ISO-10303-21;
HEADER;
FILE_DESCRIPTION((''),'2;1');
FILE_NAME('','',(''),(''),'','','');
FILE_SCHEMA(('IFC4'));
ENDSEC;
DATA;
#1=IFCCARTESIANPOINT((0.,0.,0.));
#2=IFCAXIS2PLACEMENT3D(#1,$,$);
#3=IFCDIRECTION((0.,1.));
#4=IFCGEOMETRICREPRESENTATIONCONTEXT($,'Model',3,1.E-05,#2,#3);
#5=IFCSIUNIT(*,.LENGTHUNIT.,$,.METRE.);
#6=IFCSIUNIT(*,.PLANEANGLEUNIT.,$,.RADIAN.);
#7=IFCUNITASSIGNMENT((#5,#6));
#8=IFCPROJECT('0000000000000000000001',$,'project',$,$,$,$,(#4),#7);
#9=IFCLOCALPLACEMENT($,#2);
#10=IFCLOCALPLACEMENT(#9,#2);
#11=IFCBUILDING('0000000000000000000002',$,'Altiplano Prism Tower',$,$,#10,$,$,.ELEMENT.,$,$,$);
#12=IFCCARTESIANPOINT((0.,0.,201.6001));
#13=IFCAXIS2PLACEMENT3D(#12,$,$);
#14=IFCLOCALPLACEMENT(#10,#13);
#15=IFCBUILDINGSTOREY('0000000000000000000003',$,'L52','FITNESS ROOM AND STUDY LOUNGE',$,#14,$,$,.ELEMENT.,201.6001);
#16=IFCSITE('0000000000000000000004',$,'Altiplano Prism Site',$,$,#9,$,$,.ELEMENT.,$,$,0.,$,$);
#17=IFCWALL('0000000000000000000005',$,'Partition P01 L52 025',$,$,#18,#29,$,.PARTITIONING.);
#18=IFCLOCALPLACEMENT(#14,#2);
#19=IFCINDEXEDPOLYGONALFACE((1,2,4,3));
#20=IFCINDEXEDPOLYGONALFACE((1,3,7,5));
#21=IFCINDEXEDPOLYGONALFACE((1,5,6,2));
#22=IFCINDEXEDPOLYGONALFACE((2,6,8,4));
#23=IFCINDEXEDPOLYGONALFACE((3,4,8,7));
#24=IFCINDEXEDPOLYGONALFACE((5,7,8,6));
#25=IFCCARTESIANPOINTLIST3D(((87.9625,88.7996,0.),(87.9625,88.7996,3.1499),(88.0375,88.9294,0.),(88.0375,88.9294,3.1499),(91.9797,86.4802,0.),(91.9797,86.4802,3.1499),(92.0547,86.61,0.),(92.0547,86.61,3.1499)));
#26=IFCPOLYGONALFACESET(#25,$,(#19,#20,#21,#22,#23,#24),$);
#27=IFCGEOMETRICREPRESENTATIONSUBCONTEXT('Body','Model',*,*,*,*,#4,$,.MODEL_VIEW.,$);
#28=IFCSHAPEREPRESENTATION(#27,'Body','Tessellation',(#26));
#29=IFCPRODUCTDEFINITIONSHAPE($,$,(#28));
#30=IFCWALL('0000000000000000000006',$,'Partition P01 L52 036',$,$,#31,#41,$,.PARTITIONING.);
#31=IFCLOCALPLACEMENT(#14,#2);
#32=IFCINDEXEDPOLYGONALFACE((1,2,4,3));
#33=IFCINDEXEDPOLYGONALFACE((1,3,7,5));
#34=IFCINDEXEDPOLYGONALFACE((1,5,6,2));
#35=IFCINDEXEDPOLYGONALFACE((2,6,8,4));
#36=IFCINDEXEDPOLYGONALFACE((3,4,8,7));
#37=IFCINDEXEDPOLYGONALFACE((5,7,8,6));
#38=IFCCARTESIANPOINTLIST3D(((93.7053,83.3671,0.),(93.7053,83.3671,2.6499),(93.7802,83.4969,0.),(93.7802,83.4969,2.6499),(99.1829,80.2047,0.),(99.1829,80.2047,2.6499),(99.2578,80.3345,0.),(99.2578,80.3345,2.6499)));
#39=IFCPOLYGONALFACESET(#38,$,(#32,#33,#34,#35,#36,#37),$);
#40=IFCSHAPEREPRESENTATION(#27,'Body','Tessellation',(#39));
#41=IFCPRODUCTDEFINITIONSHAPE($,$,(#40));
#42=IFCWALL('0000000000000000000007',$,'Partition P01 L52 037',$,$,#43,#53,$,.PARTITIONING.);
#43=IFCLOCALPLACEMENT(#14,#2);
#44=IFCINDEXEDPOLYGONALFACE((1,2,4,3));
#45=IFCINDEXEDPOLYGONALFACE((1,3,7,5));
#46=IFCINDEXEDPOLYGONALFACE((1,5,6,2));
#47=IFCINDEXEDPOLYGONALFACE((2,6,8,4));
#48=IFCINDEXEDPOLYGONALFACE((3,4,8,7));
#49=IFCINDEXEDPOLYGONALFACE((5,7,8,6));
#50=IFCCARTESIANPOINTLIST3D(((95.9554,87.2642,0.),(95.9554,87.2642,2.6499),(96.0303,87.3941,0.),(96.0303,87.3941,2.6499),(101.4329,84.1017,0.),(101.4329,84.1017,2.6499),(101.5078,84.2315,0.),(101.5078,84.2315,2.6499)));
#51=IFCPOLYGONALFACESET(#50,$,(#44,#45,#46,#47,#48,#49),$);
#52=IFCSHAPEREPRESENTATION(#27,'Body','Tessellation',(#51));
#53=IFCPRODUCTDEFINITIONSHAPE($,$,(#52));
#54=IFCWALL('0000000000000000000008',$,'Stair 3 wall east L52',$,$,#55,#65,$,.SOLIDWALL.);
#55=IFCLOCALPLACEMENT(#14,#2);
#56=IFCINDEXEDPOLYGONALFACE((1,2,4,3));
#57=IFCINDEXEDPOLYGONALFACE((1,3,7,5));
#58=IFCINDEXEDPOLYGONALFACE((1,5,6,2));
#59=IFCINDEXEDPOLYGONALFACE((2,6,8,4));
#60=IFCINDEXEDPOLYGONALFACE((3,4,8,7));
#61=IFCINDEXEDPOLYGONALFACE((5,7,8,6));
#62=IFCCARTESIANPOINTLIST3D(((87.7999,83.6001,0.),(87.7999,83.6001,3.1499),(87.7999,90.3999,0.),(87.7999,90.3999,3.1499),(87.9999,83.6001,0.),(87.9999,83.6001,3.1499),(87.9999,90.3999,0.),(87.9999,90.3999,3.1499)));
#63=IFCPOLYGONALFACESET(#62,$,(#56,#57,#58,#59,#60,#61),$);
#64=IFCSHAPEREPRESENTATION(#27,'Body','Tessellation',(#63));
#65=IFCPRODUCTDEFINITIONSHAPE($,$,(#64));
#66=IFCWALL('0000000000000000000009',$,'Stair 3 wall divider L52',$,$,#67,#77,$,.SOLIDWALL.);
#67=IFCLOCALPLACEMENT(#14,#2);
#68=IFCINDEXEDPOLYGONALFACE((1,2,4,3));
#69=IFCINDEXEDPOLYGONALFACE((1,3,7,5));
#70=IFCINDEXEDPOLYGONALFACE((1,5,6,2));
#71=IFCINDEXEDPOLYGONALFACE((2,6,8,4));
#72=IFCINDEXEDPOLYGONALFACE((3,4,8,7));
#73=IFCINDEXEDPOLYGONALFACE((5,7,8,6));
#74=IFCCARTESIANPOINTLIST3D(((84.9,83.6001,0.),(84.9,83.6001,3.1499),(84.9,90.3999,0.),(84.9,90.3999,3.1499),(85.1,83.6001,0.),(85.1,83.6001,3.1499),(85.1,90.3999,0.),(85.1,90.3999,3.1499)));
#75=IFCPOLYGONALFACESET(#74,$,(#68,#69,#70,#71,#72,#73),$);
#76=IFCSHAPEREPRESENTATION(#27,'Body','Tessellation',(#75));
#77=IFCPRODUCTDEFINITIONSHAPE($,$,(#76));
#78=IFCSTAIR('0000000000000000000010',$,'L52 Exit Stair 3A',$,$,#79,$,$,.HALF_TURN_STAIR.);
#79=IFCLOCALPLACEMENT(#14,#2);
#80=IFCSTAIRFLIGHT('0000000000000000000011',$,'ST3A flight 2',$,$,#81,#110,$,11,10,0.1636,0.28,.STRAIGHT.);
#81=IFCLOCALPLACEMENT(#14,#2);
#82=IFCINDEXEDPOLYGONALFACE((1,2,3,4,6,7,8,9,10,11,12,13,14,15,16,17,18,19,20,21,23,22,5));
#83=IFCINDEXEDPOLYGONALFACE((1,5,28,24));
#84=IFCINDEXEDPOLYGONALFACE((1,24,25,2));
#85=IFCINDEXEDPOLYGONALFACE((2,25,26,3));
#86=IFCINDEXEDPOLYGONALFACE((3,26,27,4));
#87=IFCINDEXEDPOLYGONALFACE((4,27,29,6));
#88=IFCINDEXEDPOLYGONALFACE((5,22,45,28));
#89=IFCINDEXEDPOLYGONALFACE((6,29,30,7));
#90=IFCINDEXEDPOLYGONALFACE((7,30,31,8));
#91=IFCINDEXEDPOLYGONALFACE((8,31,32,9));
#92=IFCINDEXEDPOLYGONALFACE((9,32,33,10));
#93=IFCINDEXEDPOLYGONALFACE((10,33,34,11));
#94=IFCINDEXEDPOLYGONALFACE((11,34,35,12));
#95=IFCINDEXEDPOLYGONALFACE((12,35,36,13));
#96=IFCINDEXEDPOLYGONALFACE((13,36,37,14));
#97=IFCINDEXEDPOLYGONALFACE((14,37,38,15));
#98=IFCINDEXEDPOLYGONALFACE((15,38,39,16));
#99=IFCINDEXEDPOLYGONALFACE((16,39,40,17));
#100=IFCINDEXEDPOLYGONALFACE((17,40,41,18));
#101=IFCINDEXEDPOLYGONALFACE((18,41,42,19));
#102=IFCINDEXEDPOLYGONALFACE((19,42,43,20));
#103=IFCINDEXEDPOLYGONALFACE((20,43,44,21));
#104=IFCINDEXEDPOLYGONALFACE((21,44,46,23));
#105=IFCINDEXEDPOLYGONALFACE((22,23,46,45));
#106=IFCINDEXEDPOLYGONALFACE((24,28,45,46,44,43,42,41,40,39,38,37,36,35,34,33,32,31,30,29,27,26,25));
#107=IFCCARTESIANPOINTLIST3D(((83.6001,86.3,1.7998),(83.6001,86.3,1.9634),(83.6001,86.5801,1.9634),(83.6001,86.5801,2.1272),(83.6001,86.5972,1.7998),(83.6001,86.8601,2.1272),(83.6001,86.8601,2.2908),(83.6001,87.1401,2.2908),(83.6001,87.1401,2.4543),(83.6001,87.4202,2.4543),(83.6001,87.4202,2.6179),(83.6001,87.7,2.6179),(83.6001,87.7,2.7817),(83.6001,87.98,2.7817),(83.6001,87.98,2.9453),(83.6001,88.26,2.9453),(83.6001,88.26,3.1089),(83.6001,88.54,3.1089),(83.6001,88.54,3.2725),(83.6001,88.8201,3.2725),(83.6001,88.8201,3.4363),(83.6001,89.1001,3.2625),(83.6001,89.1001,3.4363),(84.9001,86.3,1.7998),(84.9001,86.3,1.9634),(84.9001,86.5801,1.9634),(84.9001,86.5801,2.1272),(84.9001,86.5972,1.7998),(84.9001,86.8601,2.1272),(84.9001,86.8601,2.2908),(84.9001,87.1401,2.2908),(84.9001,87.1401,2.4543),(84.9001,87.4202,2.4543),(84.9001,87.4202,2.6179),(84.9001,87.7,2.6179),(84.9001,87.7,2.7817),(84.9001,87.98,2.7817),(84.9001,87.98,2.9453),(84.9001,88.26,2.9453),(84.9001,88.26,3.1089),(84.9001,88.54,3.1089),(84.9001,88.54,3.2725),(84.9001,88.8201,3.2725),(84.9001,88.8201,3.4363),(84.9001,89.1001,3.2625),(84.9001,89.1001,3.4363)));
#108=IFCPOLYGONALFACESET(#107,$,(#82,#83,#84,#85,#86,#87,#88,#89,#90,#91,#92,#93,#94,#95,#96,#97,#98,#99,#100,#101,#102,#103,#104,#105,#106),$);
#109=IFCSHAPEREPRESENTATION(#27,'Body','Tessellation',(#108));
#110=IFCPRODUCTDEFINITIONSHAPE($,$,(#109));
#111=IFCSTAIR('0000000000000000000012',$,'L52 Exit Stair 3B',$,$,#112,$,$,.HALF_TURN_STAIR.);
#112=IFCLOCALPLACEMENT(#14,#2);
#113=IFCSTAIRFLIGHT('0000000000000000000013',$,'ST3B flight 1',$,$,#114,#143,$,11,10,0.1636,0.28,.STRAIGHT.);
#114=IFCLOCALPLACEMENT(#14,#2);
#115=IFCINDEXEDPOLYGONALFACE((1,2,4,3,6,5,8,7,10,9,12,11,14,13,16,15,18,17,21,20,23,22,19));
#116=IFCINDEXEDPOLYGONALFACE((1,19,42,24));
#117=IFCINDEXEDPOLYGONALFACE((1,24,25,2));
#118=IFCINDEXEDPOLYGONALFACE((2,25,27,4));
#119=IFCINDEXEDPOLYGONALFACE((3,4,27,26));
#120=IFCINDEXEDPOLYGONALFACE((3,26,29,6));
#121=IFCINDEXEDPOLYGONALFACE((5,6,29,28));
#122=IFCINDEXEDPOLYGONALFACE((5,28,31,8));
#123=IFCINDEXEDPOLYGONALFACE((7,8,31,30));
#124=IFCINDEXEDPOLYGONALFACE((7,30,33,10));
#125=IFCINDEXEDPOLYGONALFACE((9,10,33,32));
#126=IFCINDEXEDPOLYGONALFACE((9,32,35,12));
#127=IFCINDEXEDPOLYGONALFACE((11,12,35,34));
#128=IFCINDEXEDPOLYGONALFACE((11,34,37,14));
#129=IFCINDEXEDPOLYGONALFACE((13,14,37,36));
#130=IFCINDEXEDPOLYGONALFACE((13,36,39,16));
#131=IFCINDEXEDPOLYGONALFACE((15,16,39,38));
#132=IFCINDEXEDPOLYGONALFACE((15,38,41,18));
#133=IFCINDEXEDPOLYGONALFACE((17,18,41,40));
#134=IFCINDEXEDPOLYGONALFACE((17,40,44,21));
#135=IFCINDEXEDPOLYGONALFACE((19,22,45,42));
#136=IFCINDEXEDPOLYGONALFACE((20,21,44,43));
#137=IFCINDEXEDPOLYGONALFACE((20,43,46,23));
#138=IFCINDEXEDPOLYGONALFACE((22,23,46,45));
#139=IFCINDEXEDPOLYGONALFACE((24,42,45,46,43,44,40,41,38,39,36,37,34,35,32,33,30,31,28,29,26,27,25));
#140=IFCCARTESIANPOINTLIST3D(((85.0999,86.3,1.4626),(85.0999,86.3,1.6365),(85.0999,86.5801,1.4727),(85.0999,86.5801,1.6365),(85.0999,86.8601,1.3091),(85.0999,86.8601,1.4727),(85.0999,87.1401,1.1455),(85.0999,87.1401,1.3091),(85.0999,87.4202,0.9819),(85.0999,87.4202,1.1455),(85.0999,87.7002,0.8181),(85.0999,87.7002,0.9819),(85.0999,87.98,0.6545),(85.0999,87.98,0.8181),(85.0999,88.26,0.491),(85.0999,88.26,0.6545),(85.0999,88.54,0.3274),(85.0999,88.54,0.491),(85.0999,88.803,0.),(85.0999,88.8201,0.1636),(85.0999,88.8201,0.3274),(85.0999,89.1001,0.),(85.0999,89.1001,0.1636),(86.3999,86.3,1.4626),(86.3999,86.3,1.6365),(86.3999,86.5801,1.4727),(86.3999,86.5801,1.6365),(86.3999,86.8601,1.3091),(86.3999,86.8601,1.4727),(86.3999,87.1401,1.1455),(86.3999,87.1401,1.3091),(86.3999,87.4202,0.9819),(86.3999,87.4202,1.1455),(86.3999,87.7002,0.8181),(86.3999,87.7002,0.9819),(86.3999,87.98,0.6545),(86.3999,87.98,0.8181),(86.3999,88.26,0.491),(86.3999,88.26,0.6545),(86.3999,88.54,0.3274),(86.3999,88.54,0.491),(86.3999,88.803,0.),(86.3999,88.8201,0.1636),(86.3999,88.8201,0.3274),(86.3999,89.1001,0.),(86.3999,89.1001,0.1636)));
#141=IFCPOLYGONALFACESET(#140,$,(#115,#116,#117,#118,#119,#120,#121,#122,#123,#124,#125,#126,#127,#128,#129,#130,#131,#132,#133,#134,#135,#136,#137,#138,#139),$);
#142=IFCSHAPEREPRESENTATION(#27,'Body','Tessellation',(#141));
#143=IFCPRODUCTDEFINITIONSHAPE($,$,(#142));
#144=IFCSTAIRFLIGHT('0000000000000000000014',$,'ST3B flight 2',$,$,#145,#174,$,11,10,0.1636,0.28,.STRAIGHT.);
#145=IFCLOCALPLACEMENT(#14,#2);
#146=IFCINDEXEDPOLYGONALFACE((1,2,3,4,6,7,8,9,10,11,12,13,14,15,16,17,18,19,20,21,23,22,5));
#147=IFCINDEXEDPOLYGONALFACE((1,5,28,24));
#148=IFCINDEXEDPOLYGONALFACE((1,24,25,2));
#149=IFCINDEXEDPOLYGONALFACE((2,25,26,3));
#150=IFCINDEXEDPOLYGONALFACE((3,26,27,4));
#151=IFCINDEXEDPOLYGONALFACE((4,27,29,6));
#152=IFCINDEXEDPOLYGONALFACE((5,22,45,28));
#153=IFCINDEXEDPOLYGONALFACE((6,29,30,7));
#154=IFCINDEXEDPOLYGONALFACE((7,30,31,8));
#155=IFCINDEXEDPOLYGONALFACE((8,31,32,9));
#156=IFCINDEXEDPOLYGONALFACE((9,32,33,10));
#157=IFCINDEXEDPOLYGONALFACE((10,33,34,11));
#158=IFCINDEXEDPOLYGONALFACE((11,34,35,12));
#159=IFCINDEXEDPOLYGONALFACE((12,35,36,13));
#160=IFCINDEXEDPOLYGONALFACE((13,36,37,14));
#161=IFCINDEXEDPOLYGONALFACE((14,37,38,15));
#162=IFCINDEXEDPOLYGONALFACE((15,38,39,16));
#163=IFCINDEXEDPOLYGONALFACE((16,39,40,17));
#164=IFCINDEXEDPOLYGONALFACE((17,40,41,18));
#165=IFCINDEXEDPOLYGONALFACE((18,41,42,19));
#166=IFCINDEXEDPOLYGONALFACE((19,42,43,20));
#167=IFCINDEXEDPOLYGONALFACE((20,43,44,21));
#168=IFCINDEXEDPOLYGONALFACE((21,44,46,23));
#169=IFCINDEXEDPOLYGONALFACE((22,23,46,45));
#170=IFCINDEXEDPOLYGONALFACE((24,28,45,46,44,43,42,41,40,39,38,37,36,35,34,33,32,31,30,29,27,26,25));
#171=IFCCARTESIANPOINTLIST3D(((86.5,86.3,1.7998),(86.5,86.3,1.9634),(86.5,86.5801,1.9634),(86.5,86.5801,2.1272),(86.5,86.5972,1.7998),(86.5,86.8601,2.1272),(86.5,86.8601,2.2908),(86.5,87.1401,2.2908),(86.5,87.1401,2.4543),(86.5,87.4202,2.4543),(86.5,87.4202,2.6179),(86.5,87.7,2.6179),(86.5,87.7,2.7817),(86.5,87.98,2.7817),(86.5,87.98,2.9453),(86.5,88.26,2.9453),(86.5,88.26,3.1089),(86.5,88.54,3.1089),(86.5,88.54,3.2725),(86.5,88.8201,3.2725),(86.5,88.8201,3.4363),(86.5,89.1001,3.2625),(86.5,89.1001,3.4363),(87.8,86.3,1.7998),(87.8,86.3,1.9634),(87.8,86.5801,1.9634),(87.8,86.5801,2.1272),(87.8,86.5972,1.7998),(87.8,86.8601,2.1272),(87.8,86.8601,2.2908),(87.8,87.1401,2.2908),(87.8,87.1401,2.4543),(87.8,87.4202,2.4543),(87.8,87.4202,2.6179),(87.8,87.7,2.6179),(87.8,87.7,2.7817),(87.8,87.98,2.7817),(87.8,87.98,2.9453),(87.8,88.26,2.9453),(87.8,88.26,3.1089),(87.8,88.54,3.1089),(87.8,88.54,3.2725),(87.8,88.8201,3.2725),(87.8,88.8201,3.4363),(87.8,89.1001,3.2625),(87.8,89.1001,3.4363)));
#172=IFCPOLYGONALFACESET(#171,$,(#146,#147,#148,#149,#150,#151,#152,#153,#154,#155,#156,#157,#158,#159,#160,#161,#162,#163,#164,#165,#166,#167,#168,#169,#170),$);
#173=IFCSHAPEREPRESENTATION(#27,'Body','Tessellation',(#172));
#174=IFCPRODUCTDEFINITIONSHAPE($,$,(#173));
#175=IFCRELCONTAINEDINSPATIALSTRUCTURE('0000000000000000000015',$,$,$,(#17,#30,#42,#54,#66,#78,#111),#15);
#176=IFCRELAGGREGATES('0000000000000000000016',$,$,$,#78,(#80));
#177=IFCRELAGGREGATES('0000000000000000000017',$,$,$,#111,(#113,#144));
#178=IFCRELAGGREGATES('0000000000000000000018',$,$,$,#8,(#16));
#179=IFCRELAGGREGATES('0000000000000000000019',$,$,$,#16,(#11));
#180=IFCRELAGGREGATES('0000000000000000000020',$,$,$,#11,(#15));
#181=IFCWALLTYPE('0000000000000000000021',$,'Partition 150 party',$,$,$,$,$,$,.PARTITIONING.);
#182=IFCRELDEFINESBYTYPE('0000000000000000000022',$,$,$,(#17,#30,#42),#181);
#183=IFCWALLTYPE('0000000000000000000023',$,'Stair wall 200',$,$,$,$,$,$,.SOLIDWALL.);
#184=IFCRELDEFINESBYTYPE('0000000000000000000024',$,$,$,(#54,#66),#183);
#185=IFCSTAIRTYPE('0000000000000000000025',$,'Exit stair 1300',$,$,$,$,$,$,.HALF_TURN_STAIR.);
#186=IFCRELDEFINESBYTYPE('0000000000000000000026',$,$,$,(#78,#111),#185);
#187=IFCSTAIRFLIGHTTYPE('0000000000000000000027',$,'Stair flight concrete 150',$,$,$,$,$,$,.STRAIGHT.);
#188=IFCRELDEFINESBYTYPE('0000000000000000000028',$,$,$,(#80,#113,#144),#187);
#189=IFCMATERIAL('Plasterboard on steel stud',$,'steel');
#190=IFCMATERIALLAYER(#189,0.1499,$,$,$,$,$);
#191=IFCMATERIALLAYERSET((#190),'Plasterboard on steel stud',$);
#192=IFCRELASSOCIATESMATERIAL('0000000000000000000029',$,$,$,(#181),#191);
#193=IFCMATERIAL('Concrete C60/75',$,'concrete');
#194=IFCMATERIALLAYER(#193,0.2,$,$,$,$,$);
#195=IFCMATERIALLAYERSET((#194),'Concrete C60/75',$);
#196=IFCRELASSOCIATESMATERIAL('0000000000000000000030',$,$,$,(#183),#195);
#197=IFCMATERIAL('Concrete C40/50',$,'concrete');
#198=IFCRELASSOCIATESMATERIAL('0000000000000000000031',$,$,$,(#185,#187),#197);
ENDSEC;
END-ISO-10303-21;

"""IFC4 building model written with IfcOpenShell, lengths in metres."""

from ifc_helpers import new_model, si_unit, direction, frame, frame_2d, origin, place, context, subcontext, project, spatial, polyline, rectangle, outline, extrude, material, layer, layer_set, type_object, element, aggregate, save


model = new_model("IFC4")

# Units and contexts
model_context = context("Model", 3, precision=1e-05, world=origin(), true_north=direction((0.0, 1.0)))
body_context = subcontext(model_context, "Body", "Model", "MODEL_VIEW")
ifc_project = project(units=[si_unit("LENGTHUNIT", "METRE"), si_unit("PLANEANGLEUNIT", "RADIAN")], contexts=[model_context])

# Site, building, storey
site_placement = place(None, origin())
site = spatial("IfcSite", under=ifc_project, at=site_placement, Name="Altiplano Prism Site", CompositionType="ELEMENT", RefElevation=0.0)
building_placement = place(site_placement, origin())
building = spatial("IfcBuilding", under=site, at=building_placement, Name="Altiplano Prism Tower", CompositionType="ELEMENT")
storey_placement = place(building_placement, frame((0.0, 0.0, 201.6001)))
storey = spatial("IfcBuildingStorey", under=building, at=storey_placement, Name="L52", Description="FITNESS ROOM AND STUDY LOUNGE", CompositionType="ELEMENT", Elevation=201.6001)

# Shared definitions
ifc_material_1 = material(Name="Concrete C60/75", Category="concrete")

# Walls
ifc_material_2 = material(Name="Plasterboard on steel stud", Category="steel")
ifc_layer_1 = layer(ifc_material_2, 0.1499)
ifc_layer_set_1 = layer_set([ifc_layer_1], Name="Plasterboard on steel stud")
wall_type_1 = type_object("IfcWallType", Name="Partition 150 party", PredefinedType="PARTITIONING", material=ifc_layer_set_1)
wall_1_placement = place(storey_placement, frame((88.0, 88.8645, 0.0), z_axis=(0.0, 0.0, 1.0), x_axis=(0.866019, -0.500011, 0.0)))
element("IfcWall", 1, at=wall_1_placement, inside=storey, type_object=wall_type_1, Name="Partition P01 L52 025", PredefinedType="PARTITIONING", context=body_context, shape_type="SweptSolid", body=[
    extrude(rectangle(XDim=4.6387, YDim=0.1499, at=frame_2d((2.3193, 0.0))), origin(), (0.0, 0.0, 1.0), 3.1499),
])
for number, where, z_axis, x_axis, name in (
    (2, (99.2205, 80.2695, 0.0), (0.0, 0.0, 1.0), (-0.866033, 0.499988, 0.0), "Partition P01 L52 036"),
    (3, (101.4705, 84.1665, 0.0), (0.0, 0.0, 1.0), (-0.866016, 0.500016, 0.0), "Partition P01 L52 037"),
):
    element("IfcWall", number, at=place(storey_placement, frame(where, z_axis=z_axis, x_axis=x_axis)), inside=storey, type_object=wall_type_1, Name=name, PredefinedType="PARTITIONING", context=body_context, shape_type="SweptSolid", body=[
        extrude(rectangle(XDim=6.325, YDim=0.1499, at=frame_2d((3.1626, 0.0))), origin(), (0.0, 0.0, 1.0), 2.6499),
    ])
ifc_layer_2 = layer(ifc_material_1, 0.2)
ifc_layer_set_2 = layer_set([ifc_layer_2], Name="Concrete C60/75")
wall_type_2 = type_object("IfcWallType", Name="Stair wall 200", PredefinedType="SOLIDWALL", material=ifc_layer_set_2)
for number, where, z_axis, x_axis, name in (
    (4, (87.8999, 83.6001, 0.0), (0.0, 0.0, 1.0), (0.0, 1.0, 0.0), "Stair 3 wall east L52"),
    (5, (85.0, 83.6001, 0.0), (0.0, 0.0, 1.0), (0.0, 1.0, 0.0), "Stair 3 wall divider L52"),
):
    element("IfcWall", number, at=place(storey_placement, frame(where, z_axis=z_axis, x_axis=x_axis)), inside=storey, type_object=wall_type_2, Name=name, PredefinedType="SOLIDWALL", context=body_context, shape_type="SweptSolid", body=[
        extrude(rectangle(XDim=6.7998, YDim=0.2, at=frame_2d((3.3999, 0.0))), origin(), (0.0, 0.0, 1.0), 3.1499),
    ])

# Stair, stair flight
ifc_material_3 = material(Name="Concrete C40/50", Category="concrete")
stair_type = type_object("IfcStairType", Name="Exit stair 1300", PredefinedType="HALF_TURN_STAIR", material=ifc_material_3)
stair_1_placement = place(storey_placement, origin())
stair_1 = element("IfcStair", 6, at=stair_1_placement, inside=storey, type_object=stair_type, Name="L52 Exit Stair 3A", PredefinedType="HALF_TURN_STAIR")
stair_flight_type = type_object("IfcStairFlightType", Name="Stair flight concrete 150", PredefinedType="STRAIGHT", material=ifc_material_3)
stair_flight_1_placement = place(storey_placement, frame((84.25, 86.3, 1.7998), z_axis=(0.0, 0.0, 1.0), x_axis=(0.0, 1.0, 0.0)))
stair_flight_1 = element("IfcStairFlight", 7, at=stair_flight_1_placement, type_object=stair_flight_type, Name="ST3A flight 2", NumberOfRisers=11, NumberOfTreads=10, PredefinedType="STRAIGHT", RiserHeight=0.1636, TreadLength=0.28, context=body_context, shape_type="SweptSolid", body=[
    extrude(outline(polyline([(0.0, 0.0), (0.0, 0.1636), (0.28, 0.1636), (0.28, 0.3274), (0.5601, 0.3274), (0.5601, 0.491), (0.8401, 0.491), (0.8401, 0.6545), (1.1201, 0.6545), (1.1201, 0.8181), (1.3999, 0.8181), (1.3999, 0.9819), (1.6799, 0.9819), (1.6799, 1.1455), (1.96, 1.1455), (1.96, 1.3091), (2.24, 1.3091), (2.24, 1.4727), (2.52, 1.4727), (2.52, 1.6365), (2.8, 1.6365), (2.8, 1.8), (2.8, 1.4626), (0.2971, 0.0), (0.0, 0.0)])), frame((0.0, 0.6499, 0.0), z_axis=(0.0, -1.0, 0.0), x_axis=(1.0, 0.0, 0.0)), (0.0, 0.0, 1.0), 1.3),
])
aggregate(stair_1, [stair_flight_1])

# Stair, stair flights
stair_2_placement = place(storey_placement, origin())
stair_2 = element("IfcStair", 8, at=stair_2_placement, inside=storey, type_object=stair_type, Name="L52 Exit Stair 3B", PredefinedType="HALF_TURN_STAIR")
stair_flight_2_placement = place(storey_placement, frame((85.75, 89.1001, 0.0), z_axis=(0.0, 0.0, 1.0), x_axis=(0.0, -1.0, 0.0)))
stair_flight_2 = element("IfcStairFlight", 9, at=stair_flight_2_placement, type_object=stair_flight_type, Name="ST3B flight 1", NumberOfRisers=11, NumberOfTreads=10, PredefinedType="STRAIGHT", RiserHeight=0.1636, TreadLength=0.28, context=body_context, shape_type="SweptSolid", body=[
    extrude(outline(polyline([(0.0, 0.0), (0.0, 0.1636), (0.28, 0.1636), (0.28, 0.3274), (0.5601, 0.3274), (0.5601, 0.491), (0.8401, 0.491), (0.8401, 0.6545), (1.1201, 0.6545), (1.1201, 0.8181), (1.3999, 0.8181), (1.3999, 0.9819), (1.6799, 0.9819), (1.6799, 1.1455), (1.96, 1.1455), (1.96, 1.3091), (2.24, 1.3091), (2.24, 1.4727), (2.52, 1.4727), (2.52, 1.6365), (2.8, 1.6365), (2.8, 1.8), (2.8, 1.4626), (0.2971, 0.0), (0.0, 0.0)])), frame((0.0, 0.6499, 0.0), z_axis=(0.0, -1.0, 0.0), x_axis=(1.0, 0.0, 0.0)), (0.0, 0.0, 1.0), 1.3),
])
stair_flight_3_placement = place(storey_placement, frame((87.1499, 86.3, 1.7998), z_axis=(0.0, 0.0, 1.0), x_axis=(0.0, 1.0, 0.0)))
stair_flight_3 = element("IfcStairFlight", 10, at=stair_flight_3_placement, type_object=stair_flight_type, Name="ST3B flight 2", NumberOfRisers=11, NumberOfTreads=10, PredefinedType="STRAIGHT", RiserHeight=0.1636, TreadLength=0.28, context=body_context, shape_type="SweptSolid", body=[
    extrude(outline(polyline([(0.0, 0.0), (0.0, 0.1636), (0.28, 0.1636), (0.28, 0.3274), (0.5601, 0.3274), (0.5601, 0.491), (0.8401, 0.491), (0.8401, 0.6545), (1.1201, 0.6545), (1.1201, 0.8181), (1.3999, 0.8181), (1.3999, 0.9819), (1.6799, 0.9819), (1.6799, 1.1455), (1.96, 1.1455), (1.96, 1.3091), (2.24, 1.3091), (2.24, 1.4727), (2.52, 1.4727), (2.52, 1.6365), (2.8, 1.6365), (2.8, 1.8), (2.8, 1.4626), (0.2971, 0.0), (0.0, 0.0)])), frame((0.0, 0.6499, 0.0), z_axis=(0.0, -1.0, 0.0), x_axis=(1.0, 0.0, 0.0)), (0.0, 0.0, 1.0), 1.3),
])
aggregate(stair_2, [stair_flight_2, stair_flight_3])

save(model, "model.ifc")
